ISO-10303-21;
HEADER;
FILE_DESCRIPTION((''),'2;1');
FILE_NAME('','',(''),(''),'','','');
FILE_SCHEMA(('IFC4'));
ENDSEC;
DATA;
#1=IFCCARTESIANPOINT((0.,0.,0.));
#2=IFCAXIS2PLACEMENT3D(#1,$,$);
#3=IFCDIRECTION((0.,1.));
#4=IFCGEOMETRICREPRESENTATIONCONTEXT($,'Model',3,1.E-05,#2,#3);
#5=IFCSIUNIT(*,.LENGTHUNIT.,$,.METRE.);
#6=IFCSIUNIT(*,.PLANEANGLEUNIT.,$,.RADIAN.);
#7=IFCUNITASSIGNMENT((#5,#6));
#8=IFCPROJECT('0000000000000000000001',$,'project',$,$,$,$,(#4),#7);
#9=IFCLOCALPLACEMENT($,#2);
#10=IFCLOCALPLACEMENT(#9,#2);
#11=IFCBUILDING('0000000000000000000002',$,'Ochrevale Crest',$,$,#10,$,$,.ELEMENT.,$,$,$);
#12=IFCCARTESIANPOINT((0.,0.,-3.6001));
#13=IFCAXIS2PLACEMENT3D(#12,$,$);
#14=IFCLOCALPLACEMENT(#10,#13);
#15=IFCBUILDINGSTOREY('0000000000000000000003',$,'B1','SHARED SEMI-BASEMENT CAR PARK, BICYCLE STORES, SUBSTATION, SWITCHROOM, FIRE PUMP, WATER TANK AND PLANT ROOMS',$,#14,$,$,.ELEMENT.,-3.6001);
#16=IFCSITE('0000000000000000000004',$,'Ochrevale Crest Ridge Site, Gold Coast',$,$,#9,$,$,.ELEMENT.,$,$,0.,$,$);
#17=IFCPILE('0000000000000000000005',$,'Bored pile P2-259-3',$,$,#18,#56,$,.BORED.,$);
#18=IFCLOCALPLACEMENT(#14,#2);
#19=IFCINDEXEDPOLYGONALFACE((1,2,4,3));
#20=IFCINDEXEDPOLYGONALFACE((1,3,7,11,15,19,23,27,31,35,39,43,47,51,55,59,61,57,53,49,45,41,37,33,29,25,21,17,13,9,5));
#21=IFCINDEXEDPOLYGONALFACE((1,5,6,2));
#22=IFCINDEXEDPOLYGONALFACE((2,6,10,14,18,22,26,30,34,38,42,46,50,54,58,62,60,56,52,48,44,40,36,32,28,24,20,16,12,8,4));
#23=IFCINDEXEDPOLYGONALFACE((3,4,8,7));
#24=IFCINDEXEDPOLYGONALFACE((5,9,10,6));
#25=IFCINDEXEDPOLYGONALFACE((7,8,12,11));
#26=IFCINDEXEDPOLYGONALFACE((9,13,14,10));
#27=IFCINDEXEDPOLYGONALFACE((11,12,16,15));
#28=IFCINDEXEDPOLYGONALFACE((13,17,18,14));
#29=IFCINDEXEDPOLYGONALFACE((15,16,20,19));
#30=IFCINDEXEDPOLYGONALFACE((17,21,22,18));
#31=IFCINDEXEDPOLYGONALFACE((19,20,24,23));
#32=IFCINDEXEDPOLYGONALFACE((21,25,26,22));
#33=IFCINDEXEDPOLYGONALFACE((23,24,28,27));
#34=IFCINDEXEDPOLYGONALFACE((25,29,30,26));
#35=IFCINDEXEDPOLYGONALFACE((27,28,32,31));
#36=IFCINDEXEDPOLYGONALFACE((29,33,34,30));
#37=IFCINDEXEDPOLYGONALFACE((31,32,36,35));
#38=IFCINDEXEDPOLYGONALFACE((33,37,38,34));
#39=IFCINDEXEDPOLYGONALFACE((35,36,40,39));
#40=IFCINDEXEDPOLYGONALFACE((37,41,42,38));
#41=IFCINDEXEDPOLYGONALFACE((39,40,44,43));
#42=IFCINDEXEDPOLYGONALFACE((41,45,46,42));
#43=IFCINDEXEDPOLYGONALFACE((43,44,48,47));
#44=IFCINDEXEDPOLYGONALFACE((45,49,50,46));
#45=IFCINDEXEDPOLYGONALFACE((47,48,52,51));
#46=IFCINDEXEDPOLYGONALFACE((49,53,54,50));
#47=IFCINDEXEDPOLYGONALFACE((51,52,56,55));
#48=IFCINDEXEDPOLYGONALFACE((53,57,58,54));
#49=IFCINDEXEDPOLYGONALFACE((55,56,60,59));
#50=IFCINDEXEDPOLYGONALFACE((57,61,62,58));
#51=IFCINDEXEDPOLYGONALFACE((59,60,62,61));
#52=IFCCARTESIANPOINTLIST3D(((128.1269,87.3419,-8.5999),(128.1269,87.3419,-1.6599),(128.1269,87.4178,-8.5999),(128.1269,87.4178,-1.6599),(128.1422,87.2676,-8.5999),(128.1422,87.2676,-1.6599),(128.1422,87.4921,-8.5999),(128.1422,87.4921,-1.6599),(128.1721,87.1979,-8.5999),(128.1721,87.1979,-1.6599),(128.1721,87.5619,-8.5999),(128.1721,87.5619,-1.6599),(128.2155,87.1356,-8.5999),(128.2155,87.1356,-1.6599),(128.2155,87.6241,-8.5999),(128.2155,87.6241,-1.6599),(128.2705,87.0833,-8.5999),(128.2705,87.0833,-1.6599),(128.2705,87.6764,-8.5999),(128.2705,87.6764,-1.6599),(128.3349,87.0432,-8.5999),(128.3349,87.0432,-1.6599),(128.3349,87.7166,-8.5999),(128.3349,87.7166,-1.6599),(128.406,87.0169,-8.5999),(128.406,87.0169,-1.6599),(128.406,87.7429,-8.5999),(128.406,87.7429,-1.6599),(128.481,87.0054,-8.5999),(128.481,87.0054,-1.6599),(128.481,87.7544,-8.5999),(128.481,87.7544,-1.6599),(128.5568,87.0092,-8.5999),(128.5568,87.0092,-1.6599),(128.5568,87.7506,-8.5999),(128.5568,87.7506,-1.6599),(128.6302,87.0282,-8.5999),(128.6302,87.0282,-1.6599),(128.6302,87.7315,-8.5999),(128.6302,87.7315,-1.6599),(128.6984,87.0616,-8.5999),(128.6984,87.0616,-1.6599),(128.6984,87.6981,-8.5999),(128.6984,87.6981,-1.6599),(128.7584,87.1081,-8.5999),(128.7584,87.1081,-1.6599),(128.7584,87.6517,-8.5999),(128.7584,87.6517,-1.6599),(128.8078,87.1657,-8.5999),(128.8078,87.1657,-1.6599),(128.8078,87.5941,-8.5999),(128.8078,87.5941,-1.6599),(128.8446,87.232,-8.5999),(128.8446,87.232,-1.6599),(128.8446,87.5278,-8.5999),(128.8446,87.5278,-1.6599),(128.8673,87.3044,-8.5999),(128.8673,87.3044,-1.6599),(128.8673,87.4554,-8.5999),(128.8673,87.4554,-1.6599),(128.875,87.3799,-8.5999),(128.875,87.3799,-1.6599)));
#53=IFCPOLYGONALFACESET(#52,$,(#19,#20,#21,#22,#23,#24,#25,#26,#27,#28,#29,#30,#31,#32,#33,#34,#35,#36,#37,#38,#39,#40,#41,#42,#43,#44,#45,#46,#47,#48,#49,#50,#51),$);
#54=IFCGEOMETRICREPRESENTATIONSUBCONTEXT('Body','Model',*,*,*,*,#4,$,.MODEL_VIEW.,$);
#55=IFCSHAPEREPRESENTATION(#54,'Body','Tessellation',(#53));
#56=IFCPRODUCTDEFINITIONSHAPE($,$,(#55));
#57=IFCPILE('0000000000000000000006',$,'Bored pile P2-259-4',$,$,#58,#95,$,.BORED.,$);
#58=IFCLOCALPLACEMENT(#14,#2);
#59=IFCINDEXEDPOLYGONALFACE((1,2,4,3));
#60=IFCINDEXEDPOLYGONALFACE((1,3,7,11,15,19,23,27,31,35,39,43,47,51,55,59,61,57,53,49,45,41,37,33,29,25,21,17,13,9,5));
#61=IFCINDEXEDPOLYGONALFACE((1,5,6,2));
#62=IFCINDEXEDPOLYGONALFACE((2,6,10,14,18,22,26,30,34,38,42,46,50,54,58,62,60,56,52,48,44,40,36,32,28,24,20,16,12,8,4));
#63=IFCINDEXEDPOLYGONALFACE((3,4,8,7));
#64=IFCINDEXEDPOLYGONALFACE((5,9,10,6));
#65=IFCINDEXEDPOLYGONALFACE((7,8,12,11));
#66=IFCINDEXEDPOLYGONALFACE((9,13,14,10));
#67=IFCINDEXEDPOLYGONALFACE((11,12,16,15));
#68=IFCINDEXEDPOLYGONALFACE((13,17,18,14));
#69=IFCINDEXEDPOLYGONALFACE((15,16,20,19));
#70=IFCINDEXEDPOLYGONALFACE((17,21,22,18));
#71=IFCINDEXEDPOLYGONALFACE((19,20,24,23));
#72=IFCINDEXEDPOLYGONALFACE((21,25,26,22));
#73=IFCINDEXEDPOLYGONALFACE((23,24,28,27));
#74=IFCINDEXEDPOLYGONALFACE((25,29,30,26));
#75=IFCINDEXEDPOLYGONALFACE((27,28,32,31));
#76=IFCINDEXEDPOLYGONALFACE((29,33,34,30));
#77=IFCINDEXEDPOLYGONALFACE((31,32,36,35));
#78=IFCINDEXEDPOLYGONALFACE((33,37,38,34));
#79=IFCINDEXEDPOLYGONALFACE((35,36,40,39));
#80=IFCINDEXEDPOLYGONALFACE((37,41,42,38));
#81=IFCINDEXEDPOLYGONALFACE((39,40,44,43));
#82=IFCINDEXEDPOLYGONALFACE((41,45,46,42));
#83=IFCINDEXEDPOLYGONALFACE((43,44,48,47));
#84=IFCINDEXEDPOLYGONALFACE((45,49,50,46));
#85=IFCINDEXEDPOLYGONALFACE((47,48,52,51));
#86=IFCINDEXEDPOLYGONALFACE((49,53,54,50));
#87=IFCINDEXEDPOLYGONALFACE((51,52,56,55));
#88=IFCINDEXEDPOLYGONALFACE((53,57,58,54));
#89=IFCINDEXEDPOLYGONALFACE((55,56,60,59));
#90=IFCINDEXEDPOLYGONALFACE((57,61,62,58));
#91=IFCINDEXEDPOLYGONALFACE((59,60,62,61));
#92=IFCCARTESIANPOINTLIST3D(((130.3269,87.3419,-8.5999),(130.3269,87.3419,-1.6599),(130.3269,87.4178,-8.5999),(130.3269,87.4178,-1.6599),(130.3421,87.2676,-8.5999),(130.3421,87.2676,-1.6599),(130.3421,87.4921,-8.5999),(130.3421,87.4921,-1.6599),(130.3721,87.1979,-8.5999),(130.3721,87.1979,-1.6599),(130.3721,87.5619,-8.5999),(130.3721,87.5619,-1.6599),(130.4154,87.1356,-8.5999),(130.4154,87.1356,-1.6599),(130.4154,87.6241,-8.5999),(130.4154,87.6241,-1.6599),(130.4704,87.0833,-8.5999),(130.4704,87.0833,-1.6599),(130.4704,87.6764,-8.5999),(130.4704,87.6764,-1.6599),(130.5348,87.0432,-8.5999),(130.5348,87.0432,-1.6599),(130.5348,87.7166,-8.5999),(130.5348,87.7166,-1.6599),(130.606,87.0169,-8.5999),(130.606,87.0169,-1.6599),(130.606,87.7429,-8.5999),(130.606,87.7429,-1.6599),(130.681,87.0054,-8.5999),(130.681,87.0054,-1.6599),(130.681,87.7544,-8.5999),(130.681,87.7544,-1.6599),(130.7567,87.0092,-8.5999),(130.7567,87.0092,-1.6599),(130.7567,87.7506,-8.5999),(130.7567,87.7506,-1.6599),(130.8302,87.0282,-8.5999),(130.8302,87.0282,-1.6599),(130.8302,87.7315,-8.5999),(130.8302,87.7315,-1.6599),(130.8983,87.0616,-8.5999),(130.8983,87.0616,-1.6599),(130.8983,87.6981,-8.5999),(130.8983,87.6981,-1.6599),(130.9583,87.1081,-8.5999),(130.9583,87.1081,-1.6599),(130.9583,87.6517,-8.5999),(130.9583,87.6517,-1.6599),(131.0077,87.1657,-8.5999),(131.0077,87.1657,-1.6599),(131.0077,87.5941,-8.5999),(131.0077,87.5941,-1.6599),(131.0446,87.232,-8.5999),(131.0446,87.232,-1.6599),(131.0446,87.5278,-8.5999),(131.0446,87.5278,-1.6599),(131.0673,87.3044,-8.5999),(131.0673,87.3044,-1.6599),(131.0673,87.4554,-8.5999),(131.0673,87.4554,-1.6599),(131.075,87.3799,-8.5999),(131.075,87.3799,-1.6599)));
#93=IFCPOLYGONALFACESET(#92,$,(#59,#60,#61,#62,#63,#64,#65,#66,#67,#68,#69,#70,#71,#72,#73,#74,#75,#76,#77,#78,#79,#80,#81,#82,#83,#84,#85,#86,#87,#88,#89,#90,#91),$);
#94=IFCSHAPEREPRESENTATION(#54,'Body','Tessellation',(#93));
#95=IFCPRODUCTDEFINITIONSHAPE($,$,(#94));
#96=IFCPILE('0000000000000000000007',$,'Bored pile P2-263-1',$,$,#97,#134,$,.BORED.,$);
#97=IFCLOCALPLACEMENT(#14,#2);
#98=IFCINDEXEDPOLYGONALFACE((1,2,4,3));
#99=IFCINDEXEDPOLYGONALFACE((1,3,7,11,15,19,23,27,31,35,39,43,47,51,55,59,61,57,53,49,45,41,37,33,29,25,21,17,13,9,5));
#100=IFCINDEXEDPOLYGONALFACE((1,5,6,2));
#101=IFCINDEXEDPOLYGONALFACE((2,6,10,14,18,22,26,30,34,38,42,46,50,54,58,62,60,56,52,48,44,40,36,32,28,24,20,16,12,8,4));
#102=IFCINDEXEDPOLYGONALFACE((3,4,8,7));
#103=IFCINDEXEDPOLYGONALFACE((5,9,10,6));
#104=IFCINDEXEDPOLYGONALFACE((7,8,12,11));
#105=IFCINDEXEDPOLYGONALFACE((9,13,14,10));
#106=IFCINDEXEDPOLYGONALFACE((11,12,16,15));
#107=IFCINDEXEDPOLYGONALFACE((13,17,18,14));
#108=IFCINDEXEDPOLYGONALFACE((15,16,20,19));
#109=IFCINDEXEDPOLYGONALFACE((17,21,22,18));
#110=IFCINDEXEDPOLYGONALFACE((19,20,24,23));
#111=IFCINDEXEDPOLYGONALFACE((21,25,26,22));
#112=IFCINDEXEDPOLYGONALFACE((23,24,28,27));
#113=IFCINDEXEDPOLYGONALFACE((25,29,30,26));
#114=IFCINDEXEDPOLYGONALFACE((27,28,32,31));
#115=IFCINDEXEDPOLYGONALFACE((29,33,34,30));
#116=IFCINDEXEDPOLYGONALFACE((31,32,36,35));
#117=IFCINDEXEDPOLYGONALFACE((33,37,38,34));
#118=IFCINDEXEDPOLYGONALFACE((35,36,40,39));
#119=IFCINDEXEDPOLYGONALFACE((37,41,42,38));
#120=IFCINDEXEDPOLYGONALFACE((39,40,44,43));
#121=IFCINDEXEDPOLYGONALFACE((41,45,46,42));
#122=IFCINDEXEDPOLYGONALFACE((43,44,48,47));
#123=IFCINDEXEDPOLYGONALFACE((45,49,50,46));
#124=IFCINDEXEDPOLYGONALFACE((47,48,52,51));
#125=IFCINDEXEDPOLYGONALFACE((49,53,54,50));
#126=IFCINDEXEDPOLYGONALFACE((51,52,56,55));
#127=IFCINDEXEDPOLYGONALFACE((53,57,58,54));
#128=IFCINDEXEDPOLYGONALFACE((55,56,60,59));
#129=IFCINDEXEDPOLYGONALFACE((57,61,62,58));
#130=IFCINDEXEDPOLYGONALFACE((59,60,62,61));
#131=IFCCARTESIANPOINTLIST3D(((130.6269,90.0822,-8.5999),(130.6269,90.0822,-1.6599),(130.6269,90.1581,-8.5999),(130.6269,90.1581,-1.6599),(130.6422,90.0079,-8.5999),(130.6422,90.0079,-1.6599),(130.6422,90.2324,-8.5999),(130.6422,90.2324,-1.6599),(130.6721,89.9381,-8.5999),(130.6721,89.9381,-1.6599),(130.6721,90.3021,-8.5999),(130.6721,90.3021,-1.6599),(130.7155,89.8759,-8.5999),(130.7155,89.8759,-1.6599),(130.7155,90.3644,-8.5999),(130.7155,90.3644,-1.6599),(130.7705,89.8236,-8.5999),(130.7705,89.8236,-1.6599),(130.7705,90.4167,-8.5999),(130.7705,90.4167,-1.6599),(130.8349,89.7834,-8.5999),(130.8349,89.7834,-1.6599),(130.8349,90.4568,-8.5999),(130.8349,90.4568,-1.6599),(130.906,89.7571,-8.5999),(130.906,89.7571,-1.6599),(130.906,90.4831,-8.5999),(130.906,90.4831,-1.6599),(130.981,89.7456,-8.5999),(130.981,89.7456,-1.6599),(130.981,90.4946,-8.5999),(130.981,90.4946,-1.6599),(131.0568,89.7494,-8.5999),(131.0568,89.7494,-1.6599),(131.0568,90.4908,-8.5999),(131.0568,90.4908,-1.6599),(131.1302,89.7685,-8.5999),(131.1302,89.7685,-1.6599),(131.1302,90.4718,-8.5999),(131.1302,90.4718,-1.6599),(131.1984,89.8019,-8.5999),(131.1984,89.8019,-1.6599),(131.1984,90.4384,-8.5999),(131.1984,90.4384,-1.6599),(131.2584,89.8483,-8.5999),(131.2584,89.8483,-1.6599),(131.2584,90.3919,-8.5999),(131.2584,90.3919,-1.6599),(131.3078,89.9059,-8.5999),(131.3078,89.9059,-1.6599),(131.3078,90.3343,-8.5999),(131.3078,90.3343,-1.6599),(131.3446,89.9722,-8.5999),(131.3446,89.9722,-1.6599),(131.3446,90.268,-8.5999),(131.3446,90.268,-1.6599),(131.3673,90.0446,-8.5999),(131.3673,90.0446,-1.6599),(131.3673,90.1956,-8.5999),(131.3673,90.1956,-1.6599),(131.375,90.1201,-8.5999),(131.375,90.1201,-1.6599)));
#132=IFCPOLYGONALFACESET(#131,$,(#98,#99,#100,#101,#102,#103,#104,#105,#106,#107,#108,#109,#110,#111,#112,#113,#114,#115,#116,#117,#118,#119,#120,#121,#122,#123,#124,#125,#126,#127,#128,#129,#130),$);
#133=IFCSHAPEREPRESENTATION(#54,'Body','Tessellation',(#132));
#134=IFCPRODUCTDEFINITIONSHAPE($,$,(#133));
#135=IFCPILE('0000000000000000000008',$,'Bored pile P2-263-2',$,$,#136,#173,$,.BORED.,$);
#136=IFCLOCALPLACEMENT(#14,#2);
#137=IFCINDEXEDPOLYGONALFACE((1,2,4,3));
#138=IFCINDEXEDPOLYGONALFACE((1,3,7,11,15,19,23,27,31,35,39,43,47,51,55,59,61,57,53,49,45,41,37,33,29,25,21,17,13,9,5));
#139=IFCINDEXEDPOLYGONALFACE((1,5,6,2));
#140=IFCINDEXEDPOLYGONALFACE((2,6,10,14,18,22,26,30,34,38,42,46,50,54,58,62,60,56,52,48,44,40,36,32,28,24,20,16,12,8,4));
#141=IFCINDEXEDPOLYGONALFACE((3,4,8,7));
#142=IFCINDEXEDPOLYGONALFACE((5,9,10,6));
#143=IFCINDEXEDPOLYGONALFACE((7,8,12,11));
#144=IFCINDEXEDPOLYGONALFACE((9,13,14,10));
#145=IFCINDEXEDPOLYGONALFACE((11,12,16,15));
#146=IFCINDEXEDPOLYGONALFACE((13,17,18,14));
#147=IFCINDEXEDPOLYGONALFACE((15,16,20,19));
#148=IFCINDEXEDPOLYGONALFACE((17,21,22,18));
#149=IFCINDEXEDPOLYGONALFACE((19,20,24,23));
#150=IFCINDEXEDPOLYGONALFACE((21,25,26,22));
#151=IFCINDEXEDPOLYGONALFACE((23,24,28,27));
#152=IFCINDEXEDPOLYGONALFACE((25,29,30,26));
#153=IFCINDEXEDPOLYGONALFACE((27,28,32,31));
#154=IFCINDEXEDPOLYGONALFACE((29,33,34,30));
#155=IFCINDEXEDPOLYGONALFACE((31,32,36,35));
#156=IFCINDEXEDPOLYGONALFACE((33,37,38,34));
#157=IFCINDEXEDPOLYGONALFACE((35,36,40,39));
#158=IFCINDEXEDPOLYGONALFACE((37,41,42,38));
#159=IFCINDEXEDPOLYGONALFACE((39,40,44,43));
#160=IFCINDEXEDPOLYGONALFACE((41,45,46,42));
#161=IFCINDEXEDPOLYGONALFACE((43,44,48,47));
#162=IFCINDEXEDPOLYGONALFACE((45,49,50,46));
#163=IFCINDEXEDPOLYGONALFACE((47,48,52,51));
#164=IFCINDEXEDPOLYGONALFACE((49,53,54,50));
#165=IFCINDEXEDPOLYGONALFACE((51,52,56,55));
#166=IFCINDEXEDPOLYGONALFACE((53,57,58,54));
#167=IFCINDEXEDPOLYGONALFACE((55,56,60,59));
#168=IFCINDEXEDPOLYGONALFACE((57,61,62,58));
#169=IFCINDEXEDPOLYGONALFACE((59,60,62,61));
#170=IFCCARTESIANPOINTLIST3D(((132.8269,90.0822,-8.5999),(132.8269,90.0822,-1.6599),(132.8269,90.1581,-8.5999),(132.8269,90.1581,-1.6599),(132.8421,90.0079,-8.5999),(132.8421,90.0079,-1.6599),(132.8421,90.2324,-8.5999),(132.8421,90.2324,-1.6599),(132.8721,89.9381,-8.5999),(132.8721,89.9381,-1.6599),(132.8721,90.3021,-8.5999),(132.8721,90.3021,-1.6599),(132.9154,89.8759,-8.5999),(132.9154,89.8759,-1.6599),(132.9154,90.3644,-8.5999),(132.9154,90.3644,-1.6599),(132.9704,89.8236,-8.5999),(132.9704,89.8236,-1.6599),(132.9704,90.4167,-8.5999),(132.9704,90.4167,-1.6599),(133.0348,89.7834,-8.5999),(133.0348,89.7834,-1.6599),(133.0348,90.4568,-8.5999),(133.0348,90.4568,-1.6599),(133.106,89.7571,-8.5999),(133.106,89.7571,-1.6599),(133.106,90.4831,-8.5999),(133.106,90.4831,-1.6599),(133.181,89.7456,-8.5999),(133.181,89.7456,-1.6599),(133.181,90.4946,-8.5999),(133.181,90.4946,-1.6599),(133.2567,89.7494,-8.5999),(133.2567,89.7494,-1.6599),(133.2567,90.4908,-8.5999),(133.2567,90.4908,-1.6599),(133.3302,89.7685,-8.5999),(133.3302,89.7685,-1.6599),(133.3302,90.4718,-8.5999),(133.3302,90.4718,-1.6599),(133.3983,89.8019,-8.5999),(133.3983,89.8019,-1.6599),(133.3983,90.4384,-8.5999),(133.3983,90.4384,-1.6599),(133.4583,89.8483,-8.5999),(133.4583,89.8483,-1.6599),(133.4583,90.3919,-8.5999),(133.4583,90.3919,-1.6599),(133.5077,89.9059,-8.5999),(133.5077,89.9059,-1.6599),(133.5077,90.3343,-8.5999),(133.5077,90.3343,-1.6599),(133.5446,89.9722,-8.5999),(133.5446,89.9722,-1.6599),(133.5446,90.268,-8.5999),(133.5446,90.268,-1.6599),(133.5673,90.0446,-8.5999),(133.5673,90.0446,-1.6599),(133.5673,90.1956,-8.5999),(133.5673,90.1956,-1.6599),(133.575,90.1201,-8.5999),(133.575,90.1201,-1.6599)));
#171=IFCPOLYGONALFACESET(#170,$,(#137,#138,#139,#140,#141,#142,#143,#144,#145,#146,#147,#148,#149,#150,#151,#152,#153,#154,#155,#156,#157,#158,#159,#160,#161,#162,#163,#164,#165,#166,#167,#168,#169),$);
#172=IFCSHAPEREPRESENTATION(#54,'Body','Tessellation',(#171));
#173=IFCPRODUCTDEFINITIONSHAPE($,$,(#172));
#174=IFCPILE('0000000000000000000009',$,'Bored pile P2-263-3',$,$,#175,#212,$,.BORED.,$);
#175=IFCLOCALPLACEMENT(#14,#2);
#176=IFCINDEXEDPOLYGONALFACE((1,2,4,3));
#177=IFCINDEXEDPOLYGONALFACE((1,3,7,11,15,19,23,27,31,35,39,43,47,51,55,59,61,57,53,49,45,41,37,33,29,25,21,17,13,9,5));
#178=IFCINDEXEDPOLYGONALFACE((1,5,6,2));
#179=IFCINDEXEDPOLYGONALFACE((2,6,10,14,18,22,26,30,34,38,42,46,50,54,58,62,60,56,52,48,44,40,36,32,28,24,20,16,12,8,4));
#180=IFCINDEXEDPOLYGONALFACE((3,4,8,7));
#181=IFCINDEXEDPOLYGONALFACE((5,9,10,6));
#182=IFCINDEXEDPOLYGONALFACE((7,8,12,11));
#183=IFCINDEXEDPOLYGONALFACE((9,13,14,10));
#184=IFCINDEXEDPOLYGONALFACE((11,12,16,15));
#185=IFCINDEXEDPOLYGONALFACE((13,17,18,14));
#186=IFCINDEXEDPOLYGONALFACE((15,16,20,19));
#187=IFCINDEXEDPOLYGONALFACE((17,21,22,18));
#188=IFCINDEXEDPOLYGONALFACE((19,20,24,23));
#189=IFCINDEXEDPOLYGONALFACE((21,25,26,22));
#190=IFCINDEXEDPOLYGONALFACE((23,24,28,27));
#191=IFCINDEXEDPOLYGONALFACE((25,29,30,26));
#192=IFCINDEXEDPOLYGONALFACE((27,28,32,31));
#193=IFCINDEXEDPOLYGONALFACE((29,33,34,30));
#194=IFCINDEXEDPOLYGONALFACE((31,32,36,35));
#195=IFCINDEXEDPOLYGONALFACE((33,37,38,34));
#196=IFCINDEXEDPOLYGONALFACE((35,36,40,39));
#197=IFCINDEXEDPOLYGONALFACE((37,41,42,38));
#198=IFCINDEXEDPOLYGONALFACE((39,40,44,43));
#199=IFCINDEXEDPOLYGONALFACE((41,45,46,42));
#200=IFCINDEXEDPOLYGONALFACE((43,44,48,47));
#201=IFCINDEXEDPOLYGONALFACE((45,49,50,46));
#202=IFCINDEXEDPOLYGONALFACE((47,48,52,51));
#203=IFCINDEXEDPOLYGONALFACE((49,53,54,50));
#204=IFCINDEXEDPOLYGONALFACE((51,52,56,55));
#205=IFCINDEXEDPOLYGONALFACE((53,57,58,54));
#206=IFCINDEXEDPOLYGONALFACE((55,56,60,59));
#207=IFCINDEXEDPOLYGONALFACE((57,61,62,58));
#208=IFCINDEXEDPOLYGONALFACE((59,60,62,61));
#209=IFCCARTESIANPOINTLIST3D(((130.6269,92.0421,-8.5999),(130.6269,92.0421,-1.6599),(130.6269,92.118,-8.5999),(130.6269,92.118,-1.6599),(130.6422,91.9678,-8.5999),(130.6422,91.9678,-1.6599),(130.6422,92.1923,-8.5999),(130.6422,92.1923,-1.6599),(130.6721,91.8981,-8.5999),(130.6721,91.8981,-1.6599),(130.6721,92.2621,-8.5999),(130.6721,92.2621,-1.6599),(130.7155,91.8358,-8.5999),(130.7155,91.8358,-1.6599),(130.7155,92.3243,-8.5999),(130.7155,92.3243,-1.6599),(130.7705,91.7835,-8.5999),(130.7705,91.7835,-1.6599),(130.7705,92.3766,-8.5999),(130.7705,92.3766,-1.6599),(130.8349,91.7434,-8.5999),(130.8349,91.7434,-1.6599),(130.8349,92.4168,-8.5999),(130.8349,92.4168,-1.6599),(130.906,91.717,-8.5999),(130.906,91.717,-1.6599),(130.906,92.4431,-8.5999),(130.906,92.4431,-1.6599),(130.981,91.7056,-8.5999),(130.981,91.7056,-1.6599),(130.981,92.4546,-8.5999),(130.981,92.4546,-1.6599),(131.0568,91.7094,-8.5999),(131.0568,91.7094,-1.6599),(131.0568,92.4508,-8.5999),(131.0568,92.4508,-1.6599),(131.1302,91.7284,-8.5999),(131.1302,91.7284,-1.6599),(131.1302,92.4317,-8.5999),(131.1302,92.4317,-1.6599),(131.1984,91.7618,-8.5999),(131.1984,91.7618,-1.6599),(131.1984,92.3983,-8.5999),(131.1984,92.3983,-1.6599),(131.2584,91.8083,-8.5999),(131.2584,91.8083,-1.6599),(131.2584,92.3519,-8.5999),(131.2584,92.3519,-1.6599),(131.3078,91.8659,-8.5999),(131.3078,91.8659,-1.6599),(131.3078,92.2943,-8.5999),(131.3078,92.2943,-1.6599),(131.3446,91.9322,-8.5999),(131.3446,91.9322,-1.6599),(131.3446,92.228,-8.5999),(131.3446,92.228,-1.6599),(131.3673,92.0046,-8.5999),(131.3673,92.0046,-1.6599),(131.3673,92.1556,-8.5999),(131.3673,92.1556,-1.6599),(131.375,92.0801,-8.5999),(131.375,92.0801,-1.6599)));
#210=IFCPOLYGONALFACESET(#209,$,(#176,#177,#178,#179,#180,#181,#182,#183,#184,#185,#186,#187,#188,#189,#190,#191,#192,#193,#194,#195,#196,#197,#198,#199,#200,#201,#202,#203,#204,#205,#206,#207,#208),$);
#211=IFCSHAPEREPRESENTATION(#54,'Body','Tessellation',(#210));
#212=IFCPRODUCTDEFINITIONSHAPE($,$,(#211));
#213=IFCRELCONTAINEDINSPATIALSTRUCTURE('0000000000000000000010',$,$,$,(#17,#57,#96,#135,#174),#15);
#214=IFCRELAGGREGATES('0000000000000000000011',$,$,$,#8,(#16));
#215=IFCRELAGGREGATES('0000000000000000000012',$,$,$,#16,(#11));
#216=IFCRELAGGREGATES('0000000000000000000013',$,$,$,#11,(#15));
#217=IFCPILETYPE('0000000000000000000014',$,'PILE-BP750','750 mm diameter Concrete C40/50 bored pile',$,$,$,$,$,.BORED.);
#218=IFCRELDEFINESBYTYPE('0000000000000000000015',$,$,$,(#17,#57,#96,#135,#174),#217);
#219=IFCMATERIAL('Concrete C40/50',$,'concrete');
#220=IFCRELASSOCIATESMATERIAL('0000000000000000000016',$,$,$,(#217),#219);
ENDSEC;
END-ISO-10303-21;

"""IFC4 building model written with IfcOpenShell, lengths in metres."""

from ifc_helpers import new_model, si_unit, direction, frame, origin, origin_2d, place, context, subcontext, project, spatial, circle, extrude, material, material_profile, profile_set, type_object, element, save


model = new_model("IFC4")

# Units and contexts
model_context = context("Model", 3, precision=1e-05, world=origin(), true_north=direction((0.0, 1.0)))
body_context = subcontext(model_context, "Body", "Model", "MODEL_VIEW")
ifc_project = project(units=[si_unit("LENGTHUNIT", "METRE"), si_unit("PLANEANGLEUNIT", "RADIAN")], contexts=[model_context])

# Site, building, storey
site_placement = place(None, origin())
site = spatial("IfcSite", under=ifc_project, at=site_placement, Name="Ochrevale Crest Ridge Site, Gold Coast", CompositionType="ELEMENT", RefElevation=0.0)
building_placement = place(site_placement, origin())
building = spatial("IfcBuilding", under=site, at=building_placement, Name="Ochrevale Crest", CompositionType="ELEMENT")
storey_placement = place(building_placement, frame((0.0, 0.0, -3.6001)))
storey = spatial("IfcBuildingStorey", under=building, at=storey_placement, Name="B1", Description="SHARED SEMI-BASEMENT CAR PARK, BICYCLE STORES, SUBSTATION, SWITCHROOM, FIRE PUMP, WATER TANK AND PLANT ROOMS", CompositionType="ELEMENT", Elevation=-3.6001)

# Shared definitions
ifc_material_1 = material(Name="Concrete C40/50", Category="concrete")

# Piles
ifc_material_profile_1 = material_profile(ifc_material_1, circle(Radius=0.375, at=origin_2d()), Name="BORED PILE 750")
ifc_profile_set_1 = profile_set([ifc_material_profile_1], Name="Concrete C40/50")
pile_type_1 = type_object("IfcPileType", Name="PILE-BP750", Description="750 mm diameter Concrete C40/50 bored pile", PredefinedType="BORED", material=ifc_profile_set_1)
for number, where, z_axis, x_axis, name in (
    (1, (128.5, 87.3799, -1.6599), (0.0, 0.0, -1.0), (1.0, 0.0, 0.0), "Bored pile P2-259-3"),
    (2, (130.7, 87.3799, -1.6599), (0.0, 0.0, -1.0), (1.0, 0.0, 0.0), "Bored pile P2-259-4"),
    (3, (131.0, 90.1201, -1.6599), (0.0, 0.0, -1.0), (1.0, 0.0, 0.0), "Bored pile P2-263-1"),
    (4, (133.2, 90.1201, -1.6599), (0.0, 0.0, -1.0), (1.0, 0.0, 0.0), "Bored pile P2-263-2"),
    (5, (131.0, 92.0801, -1.6599), (0.0, 0.0, -1.0), (1.0, 0.0, 0.0), "Bored pile P2-263-3"),
):
    element("IfcPile", number, at=place(storey_placement, frame(where, z_axis=z_axis, x_axis=x_axis)), inside=storey, type_object=pile_type_1, Name=name, PredefinedType="BORED", context=body_context, shape_type="SweptSolid", body=[
        extrude(circle(Radius=0.375, at=origin_2d()), origin(), (0.0, 0.0, 1.0), 6.9399),
    ])

save(model, "model.ifc")
